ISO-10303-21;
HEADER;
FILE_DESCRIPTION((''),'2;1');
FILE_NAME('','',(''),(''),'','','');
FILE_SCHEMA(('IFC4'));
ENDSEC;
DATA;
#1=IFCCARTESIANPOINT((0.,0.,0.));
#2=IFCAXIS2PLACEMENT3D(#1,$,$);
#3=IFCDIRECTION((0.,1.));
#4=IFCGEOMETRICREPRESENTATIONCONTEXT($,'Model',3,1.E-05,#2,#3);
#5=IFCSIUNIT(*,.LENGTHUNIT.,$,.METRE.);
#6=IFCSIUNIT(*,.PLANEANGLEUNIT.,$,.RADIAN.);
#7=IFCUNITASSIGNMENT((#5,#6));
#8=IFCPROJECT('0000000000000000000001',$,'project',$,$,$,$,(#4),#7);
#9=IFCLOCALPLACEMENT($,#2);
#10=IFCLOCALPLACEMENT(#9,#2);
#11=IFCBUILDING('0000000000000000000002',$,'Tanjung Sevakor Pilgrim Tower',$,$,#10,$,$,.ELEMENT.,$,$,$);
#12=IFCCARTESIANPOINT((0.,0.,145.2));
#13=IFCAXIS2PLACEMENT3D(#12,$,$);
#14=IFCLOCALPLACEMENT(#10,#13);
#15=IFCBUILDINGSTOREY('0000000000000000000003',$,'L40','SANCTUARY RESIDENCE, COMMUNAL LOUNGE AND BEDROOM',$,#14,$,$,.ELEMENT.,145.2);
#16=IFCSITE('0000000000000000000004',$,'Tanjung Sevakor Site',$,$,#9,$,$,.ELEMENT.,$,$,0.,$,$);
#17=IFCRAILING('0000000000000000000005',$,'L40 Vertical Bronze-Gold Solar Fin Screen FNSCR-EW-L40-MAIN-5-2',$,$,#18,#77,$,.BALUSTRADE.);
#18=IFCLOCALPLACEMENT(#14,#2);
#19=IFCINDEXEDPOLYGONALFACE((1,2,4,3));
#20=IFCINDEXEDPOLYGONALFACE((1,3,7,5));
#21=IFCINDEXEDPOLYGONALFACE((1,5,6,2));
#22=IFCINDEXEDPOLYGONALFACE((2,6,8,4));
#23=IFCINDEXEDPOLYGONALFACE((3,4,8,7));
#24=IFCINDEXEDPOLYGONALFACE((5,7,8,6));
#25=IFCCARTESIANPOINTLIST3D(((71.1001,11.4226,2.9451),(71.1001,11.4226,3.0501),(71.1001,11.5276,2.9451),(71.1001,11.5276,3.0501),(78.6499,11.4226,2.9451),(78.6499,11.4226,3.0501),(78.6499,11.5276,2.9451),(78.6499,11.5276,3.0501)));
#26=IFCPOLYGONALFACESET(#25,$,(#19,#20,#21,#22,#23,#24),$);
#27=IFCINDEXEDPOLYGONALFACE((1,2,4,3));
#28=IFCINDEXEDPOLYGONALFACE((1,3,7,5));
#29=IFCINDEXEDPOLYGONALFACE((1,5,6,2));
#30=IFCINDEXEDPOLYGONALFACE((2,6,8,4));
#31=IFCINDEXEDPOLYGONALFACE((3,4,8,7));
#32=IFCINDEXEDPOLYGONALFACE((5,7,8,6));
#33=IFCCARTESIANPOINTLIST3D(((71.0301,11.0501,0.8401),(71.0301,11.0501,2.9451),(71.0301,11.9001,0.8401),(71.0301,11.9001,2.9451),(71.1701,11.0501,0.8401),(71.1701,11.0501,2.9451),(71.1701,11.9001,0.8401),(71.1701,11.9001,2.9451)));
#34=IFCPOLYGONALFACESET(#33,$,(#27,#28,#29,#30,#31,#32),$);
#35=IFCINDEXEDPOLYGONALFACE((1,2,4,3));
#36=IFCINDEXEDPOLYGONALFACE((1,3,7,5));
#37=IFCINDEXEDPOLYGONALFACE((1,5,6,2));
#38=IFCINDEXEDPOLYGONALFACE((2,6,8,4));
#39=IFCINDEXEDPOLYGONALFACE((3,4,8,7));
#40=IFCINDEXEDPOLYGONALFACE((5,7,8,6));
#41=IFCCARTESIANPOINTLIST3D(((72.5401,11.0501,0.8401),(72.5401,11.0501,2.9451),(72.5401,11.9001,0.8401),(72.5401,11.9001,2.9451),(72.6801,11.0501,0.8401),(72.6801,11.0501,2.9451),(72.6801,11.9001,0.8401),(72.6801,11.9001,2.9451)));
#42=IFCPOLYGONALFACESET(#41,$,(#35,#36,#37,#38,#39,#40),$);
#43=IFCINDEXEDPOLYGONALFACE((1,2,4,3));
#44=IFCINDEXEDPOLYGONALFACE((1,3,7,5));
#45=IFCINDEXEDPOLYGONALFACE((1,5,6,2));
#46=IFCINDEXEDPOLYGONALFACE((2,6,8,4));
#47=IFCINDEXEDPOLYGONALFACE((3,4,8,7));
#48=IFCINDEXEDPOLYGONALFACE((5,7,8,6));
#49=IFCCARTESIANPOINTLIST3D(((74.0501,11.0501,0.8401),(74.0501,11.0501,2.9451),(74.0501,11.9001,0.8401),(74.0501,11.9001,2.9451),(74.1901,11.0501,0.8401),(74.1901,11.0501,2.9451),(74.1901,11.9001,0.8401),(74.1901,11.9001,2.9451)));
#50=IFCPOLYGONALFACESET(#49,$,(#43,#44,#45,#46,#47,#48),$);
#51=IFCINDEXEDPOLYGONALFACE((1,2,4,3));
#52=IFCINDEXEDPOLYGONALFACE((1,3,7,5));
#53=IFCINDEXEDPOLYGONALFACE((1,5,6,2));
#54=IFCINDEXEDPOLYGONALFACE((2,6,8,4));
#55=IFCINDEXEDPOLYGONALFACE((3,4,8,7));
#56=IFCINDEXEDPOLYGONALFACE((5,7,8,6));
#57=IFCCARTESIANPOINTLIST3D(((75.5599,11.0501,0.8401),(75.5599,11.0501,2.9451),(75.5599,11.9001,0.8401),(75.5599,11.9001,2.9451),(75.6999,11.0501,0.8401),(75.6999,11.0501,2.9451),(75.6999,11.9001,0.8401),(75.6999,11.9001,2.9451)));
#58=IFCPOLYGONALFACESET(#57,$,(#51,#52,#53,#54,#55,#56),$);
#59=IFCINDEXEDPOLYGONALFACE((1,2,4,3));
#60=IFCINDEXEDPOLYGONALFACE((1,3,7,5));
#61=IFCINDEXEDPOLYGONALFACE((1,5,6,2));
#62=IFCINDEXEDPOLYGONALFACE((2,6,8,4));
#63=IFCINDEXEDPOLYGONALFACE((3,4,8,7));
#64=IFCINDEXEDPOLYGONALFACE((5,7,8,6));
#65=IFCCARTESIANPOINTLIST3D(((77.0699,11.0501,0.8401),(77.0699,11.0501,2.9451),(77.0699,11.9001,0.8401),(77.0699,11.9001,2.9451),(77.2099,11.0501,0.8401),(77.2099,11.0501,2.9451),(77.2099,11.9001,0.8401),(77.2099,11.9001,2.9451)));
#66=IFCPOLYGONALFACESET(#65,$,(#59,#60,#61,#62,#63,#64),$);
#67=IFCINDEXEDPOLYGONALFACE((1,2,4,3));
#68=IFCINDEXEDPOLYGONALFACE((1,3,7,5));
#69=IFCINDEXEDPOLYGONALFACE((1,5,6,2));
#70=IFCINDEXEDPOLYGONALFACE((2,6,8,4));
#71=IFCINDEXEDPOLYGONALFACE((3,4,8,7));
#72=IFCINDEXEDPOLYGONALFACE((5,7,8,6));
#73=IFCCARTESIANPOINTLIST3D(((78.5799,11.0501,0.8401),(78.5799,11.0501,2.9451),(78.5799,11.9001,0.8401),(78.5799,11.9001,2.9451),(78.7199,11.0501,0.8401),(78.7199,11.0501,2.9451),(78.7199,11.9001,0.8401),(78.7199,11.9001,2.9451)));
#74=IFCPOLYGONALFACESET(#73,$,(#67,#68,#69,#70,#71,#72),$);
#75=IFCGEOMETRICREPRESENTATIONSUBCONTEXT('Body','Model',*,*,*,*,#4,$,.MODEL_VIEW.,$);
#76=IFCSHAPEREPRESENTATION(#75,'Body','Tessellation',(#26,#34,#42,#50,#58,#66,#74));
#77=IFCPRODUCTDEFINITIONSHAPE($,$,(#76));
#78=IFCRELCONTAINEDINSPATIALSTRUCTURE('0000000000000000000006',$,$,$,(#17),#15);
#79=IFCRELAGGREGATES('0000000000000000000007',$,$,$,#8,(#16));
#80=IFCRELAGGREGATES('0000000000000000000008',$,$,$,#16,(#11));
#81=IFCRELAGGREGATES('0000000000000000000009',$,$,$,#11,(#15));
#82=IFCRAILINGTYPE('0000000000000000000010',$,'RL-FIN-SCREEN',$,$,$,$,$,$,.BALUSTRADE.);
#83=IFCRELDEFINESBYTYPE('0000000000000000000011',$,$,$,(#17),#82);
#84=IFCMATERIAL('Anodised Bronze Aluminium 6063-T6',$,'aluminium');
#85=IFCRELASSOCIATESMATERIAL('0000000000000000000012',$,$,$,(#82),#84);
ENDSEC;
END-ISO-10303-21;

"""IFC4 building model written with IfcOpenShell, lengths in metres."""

from ifc_helpers import new_model, si_unit, direction, frame, origin, place, context, subcontext, project, spatial, rectangle, extrude, material, type_object, element, save


model = new_model("IFC4")

# Units and contexts
model_context = context("Model", 3, precision=1e-05, world=origin(), true_north=direction((0.0, 1.0)))
body_context = subcontext(model_context, "Body", "Model", "MODEL_VIEW")
ifc_project = project(units=[si_unit("LENGTHUNIT", "METRE"), si_unit("PLANEANGLEUNIT", "RADIAN")], contexts=[model_context])

# Site, building, storey
site_placement = place(None, origin())
site = spatial("IfcSite", under=ifc_project, at=site_placement, Name="Tanjung Sevakor Site", CompositionType="ELEMENT", RefElevation=0.0)
building_placement = place(site_placement, origin())
building = spatial("IfcBuilding", under=site, at=building_placement, Name="Tanjung Sevakor Pilgrim Tower", CompositionType="ELEMENT")
storey_placement = place(building_placement, frame((0.0, 0.0, 145.2)))
storey = spatial("IfcBuildingStorey", under=building, at=storey_placement, Name="L40", Description="SANCTUARY RESIDENCE, COMMUNAL LOUNGE AND BEDROOM", CompositionType="ELEMENT", Elevation=145.2)

# Railing
ifc_material_1 = material(Name="Anodised Bronze Aluminium 6063-T6", Category="aluminium")
railing_type_1 = type_object("IfcRailingType", Name="RL-FIN-SCREEN", PredefinedType="BALUSTRADE", material=ifc_material_1)
railing_1_placement = place(storey_placement, frame((71.1001, 11.4751, 0.8401)))
element("IfcRailing", 1, at=railing_1_placement, inside=storey, type_object=railing_type_1, Name="L40 Vertical Bronze-Gold Solar Fin Screen FNSCR-EW-L40-MAIN-5-2", PredefinedType="BALUSTRADE", context=body_context, shape_type="SweptSolid", body=[
    extrude(rectangle(XDim=0.105, YDim=0.105), frame((0.0, 0.0, 2.1575), z_axis=(1.0, 0.0, 0.0), x_axis=(0.0, 1.0, 0.0)), (0.0, 0.0, 1.0), 7.5498),
    extrude(rectangle(XDim=0.14, YDim=0.85), origin(), (0.0, 0.0, 1.0), 2.105),
    extrude(rectangle(XDim=0.14, YDim=0.85), frame((1.51, 0.0, 0.0)), (0.0, 0.0, 1.0), 2.105),
    extrude(rectangle(XDim=0.14, YDim=0.85), frame((3.02, 0.0, 0.0)), (0.0, 0.0, 1.0), 2.105),
    extrude(rectangle(XDim=0.14, YDim=0.85), frame((4.5298, 0.0, 0.0)), (0.0, 0.0, 1.0), 2.105),
    extrude(rectangle(XDim=0.14, YDim=0.85), frame((6.0398, 0.0, 0.0)), (0.0, 0.0, 1.0), 2.105),
    extrude(rectangle(XDim=0.14, YDim=0.85), frame((7.5498, 0.0, 0.0)), (0.0, 0.0, 1.0), 2.105),
])

save(model, "model.ifc")
